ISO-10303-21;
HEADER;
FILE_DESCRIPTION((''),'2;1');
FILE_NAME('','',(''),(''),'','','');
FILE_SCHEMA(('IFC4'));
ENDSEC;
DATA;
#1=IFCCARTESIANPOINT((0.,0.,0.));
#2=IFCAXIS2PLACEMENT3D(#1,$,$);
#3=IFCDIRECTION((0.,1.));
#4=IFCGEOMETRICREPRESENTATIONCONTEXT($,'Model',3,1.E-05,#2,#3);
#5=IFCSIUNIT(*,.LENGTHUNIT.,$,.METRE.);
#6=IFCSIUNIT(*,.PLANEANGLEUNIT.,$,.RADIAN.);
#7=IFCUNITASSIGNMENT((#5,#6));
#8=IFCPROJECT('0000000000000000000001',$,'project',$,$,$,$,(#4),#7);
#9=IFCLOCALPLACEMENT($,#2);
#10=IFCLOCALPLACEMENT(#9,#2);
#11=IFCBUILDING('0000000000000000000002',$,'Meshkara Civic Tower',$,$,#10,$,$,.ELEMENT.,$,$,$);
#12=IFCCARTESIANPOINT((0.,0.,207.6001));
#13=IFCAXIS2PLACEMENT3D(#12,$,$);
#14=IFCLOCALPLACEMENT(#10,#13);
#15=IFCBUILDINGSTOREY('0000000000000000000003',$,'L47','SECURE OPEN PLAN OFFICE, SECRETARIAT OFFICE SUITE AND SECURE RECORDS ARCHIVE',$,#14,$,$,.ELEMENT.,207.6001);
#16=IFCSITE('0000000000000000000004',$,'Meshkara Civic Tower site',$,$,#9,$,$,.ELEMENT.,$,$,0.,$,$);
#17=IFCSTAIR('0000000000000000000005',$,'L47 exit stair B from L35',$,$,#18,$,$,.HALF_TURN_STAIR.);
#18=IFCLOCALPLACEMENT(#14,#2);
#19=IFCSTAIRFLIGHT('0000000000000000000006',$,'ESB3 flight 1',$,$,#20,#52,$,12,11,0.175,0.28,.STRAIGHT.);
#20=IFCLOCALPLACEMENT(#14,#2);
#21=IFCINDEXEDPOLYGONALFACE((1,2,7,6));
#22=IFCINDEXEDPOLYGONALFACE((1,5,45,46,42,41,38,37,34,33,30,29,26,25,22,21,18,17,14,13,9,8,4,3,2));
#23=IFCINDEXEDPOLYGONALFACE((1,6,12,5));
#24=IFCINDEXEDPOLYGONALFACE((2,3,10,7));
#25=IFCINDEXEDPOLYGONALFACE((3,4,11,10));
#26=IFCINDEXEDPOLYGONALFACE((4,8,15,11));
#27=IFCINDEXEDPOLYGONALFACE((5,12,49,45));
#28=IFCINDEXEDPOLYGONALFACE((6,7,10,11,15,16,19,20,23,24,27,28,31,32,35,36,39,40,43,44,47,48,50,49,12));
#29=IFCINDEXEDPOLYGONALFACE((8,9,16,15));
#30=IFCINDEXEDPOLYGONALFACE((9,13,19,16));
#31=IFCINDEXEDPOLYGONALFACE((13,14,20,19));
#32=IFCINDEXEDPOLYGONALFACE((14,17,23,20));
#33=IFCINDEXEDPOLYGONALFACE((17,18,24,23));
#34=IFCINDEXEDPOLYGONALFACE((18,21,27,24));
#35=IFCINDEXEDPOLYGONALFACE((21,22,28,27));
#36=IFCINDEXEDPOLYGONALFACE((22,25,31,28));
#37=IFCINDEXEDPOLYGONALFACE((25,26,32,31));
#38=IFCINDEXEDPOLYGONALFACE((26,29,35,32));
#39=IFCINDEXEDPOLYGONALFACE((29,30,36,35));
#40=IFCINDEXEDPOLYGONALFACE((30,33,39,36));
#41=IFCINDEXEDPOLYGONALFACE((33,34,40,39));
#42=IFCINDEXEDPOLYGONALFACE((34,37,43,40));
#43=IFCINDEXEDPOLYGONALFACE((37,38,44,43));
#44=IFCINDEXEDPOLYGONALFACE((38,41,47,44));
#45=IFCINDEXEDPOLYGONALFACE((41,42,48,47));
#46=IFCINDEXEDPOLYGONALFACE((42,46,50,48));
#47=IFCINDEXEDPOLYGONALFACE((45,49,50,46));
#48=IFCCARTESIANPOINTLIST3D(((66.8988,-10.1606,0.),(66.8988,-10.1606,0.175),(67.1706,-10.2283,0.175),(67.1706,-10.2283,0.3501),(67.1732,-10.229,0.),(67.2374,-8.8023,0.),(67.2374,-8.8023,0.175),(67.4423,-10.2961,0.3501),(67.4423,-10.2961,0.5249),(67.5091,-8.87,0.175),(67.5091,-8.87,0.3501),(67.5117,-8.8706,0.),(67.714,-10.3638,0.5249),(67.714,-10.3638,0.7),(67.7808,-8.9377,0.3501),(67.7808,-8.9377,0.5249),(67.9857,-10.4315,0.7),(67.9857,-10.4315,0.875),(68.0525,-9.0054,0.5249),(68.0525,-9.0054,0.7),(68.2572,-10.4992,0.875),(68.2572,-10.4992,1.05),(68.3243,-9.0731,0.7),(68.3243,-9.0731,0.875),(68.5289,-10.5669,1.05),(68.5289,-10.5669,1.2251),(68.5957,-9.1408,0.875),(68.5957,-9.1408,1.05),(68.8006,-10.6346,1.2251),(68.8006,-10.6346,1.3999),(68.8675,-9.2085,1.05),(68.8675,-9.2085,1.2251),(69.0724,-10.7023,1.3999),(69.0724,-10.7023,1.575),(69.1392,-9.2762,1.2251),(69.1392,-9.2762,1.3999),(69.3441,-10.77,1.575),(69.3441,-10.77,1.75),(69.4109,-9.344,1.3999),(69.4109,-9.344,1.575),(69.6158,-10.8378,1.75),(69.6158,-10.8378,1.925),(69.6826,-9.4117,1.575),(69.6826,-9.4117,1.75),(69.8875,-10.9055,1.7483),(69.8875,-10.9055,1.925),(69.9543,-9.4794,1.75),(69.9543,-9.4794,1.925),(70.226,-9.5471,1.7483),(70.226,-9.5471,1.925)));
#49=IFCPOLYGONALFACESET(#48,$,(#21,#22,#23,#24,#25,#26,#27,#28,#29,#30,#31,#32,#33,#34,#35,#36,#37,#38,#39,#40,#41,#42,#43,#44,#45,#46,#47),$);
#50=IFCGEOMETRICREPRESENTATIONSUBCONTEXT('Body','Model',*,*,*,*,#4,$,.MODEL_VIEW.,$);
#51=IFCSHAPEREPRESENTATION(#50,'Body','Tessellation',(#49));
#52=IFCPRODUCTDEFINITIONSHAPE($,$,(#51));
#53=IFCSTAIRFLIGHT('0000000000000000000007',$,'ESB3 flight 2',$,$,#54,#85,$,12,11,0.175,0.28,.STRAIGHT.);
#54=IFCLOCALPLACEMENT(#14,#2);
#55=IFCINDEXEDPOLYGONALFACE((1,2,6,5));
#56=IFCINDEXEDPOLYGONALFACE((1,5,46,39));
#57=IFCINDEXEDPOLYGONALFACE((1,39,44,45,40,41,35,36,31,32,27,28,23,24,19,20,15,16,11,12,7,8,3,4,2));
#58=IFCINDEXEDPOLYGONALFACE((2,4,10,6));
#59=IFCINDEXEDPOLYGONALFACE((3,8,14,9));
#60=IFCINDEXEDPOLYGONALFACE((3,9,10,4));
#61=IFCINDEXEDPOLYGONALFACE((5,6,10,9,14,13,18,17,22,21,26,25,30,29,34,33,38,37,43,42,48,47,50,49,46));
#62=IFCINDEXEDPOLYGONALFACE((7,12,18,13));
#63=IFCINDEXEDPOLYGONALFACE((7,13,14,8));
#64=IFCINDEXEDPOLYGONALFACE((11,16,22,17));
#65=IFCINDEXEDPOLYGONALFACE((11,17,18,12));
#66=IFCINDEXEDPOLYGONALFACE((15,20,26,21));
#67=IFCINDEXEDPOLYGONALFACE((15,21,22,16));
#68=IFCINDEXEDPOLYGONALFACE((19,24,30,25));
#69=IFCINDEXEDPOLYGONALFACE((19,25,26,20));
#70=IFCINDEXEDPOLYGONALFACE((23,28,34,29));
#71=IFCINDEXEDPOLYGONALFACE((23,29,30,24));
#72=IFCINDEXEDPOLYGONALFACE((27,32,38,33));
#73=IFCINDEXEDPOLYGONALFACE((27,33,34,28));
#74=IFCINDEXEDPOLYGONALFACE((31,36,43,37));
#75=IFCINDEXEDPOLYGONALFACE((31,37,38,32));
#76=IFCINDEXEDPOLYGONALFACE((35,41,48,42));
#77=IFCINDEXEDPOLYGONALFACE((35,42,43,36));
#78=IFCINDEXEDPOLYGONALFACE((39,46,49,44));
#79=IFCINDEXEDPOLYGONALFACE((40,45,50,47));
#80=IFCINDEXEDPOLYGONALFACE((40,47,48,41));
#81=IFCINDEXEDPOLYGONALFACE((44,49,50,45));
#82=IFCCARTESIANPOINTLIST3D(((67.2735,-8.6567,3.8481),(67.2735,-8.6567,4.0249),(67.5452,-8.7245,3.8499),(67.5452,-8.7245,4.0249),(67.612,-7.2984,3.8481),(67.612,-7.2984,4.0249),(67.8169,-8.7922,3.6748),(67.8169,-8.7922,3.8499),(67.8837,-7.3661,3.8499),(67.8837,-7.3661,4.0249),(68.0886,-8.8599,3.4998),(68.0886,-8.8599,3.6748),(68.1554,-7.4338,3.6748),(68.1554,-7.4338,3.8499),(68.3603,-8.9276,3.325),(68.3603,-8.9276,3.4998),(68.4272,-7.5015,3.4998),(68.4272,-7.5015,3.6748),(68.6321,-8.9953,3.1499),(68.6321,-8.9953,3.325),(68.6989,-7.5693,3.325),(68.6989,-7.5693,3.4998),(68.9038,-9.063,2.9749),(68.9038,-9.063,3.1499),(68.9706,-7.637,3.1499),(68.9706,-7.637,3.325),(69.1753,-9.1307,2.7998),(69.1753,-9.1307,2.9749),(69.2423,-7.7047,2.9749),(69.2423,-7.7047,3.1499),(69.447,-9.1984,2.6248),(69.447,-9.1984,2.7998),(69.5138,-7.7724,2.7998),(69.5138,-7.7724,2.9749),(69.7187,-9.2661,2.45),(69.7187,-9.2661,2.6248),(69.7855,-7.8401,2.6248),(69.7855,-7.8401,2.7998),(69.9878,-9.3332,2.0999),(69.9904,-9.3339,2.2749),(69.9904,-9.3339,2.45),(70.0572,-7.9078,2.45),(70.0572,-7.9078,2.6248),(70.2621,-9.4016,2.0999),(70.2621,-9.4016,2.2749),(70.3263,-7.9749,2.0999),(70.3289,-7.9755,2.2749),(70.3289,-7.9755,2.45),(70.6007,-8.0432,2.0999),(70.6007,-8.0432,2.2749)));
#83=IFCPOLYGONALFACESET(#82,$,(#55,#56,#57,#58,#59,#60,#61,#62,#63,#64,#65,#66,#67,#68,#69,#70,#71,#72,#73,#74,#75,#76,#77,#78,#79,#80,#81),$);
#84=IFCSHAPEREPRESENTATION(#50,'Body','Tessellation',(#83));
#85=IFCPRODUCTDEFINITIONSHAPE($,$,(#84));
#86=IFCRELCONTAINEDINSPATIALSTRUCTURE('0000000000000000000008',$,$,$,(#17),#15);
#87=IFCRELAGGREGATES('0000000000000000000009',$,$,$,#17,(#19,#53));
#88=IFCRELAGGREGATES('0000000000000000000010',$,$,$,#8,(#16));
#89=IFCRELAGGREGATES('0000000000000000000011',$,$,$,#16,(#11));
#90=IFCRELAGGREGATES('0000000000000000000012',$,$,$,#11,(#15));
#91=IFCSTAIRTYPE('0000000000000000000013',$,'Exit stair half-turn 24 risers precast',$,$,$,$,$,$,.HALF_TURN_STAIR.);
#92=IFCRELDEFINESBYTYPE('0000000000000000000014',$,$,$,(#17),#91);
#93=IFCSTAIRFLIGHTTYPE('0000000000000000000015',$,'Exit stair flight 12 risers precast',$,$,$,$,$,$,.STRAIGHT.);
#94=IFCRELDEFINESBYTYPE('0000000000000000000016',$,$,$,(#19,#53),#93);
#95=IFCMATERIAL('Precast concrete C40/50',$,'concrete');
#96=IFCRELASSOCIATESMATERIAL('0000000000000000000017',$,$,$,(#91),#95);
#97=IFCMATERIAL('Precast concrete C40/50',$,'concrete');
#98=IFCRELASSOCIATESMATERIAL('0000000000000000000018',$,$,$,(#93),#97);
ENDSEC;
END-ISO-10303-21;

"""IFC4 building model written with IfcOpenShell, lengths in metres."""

from ifc_helpers import new_model, si_unit, direction, frame, origin, place, context, subcontext, project, spatial, polyline, outline, extrude, material, type_object, element, aggregate, save


model = new_model("IFC4")

# Units and contexts
model_context = context("Model", 3, precision=1e-05, world=origin(), true_north=direction((0.0, 1.0)))
body_context = subcontext(model_context, "Body", "Model", "MODEL_VIEW")
ifc_project = project(units=[si_unit("LENGTHUNIT", "METRE"), si_unit("PLANEANGLEUNIT", "RADIAN")], contexts=[model_context])

# Site, building, storey
site_placement = place(None, origin())
site = spatial("IfcSite", under=ifc_project, at=site_placement, Name="Meshkara Civic Tower site", CompositionType="ELEMENT", RefElevation=0.0)
building_placement = place(site_placement, origin())
building = spatial("IfcBuilding", under=site, at=building_placement, Name="Meshkara Civic Tower", CompositionType="ELEMENT")
storey_placement = place(building_placement, frame((0.0, 0.0, 207.6001)))
storey = spatial("IfcBuildingStorey", under=building, at=storey_placement, Name="L47", Description="SECURE OPEN PLAN OFFICE, SECRETARIAT OFFICE SUITE AND SECURE RECORDS ARCHIVE", CompositionType="ELEMENT", Elevation=207.6001)

# Stair, stair flights
ifc_material_1 = material(Name="Precast concrete C40/50", Category="concrete")
stair_type = type_object("IfcStairType", Name="Exit stair half-turn 24 risers precast", PredefinedType="HALF_TURN_STAIR", material=ifc_material_1)
stair_placement = place(storey_placement, origin())
stair = element("IfcStair", 1, at=stair_placement, inside=storey, type_object=stair_type, Name="L47 exit stair B from L35", PredefinedType="HALF_TURN_STAIR")
ifc_material_2 = material(Name="Precast concrete C40/50", Category="concrete")
stair_flight_type = type_object("IfcStairFlightType", Name="Exit stair flight 12 risers precast", PredefinedType="STRAIGHT", material=ifc_material_2)
stair_flight_1_placement = place(storey_placement, frame((67.0681, -9.4814, 0.0), z_axis=(0.0, 0.0, 1.0), x_axis=(0.970319, -0.24183, 0.0)))
stair_flight_1 = element("IfcStairFlight", 2, at=stair_flight_1_placement, type_object=stair_flight_type, Name="ESB3 flight 1", NumberOfRisers=12, NumberOfTreads=11, PredefinedType="STRAIGHT", RiserHeight=0.175, TreadLength=0.28, context=body_context, shape_type="SweptSolid", body=[
    extrude(outline(polyline([(0.0, 0.0), (0.0, 0.175), (0.28, 0.175), (0.28, 0.3501), (0.5601, 0.3501), (0.5601, 0.5249), (0.8401, 0.5249), (0.8401, 0.7), (1.1201, 0.7), (1.1201, 0.875), (1.3999, 0.875), (1.3999, 1.05), (1.6799, 1.05), (1.6799, 1.2251), (1.96, 1.2251), (1.96, 1.3999), (2.24, 1.3999), (2.24, 1.575), (2.52, 1.575), (2.52, 1.75), (2.8, 1.75), (2.8, 1.925), (3.0801, 1.925), (3.0801, 2.1001), (3.0801, 1.7483), (0.2827, 0.0), (0.0, 0.0)])), frame((0.0, 0.7, 0.0), z_axis=(0.0, -1.0, 0.0), x_axis=(1.0, 0.0, 0.0)), (0.0, 0.0, 1.0), 1.3999),
])
stair_flight_2_placement = place(storey_placement, frame((70.4314, -8.7224, 2.0999), z_axis=(0.0, 0.0, 1.0), x_axis=(-0.970319, 0.24183, 0.0)))
stair_flight_2 = element("IfcStairFlight", 3, at=stair_flight_2_placement, type_object=stair_flight_type, Name="ESB3 flight 2", NumberOfRisers=12, NumberOfTreads=11, PredefinedType="STRAIGHT", RiserHeight=0.175, TreadLength=0.28, context=body_context, shape_type="SweptSolid", body=[
    extrude(outline(polyline([(0.0, 0.0), (0.0, 0.175), (0.28, 0.175), (0.28, 0.3501), (0.5601, 0.3501), (0.5601, 0.5249), (0.8401, 0.5249), (0.8401, 0.7), (1.1201, 0.7), (1.1201, 0.875), (1.3999, 0.875), (1.3999, 1.05), (1.6799, 1.05), (1.6799, 1.2251), (1.96, 1.2251), (1.96, 1.3999), (2.24, 1.3999), (2.24, 1.575), (2.52, 1.575), (2.52, 1.75), (2.8, 1.75), (2.8, 1.925), (3.0801, 1.925), (3.0801, 2.1001), (3.0801, 1.7483), (0.2827, 0.0), (0.0, 0.0)])), frame((0.0, 0.7, 0.0), z_axis=(0.0, -1.0, 0.0), x_axis=(1.0, 0.0, 0.0)), (0.0, 0.0, 1.0), 1.3999),
])
aggregate(stair, [stair_flight_1, stair_flight_2])

save(model, "model.ifc")
